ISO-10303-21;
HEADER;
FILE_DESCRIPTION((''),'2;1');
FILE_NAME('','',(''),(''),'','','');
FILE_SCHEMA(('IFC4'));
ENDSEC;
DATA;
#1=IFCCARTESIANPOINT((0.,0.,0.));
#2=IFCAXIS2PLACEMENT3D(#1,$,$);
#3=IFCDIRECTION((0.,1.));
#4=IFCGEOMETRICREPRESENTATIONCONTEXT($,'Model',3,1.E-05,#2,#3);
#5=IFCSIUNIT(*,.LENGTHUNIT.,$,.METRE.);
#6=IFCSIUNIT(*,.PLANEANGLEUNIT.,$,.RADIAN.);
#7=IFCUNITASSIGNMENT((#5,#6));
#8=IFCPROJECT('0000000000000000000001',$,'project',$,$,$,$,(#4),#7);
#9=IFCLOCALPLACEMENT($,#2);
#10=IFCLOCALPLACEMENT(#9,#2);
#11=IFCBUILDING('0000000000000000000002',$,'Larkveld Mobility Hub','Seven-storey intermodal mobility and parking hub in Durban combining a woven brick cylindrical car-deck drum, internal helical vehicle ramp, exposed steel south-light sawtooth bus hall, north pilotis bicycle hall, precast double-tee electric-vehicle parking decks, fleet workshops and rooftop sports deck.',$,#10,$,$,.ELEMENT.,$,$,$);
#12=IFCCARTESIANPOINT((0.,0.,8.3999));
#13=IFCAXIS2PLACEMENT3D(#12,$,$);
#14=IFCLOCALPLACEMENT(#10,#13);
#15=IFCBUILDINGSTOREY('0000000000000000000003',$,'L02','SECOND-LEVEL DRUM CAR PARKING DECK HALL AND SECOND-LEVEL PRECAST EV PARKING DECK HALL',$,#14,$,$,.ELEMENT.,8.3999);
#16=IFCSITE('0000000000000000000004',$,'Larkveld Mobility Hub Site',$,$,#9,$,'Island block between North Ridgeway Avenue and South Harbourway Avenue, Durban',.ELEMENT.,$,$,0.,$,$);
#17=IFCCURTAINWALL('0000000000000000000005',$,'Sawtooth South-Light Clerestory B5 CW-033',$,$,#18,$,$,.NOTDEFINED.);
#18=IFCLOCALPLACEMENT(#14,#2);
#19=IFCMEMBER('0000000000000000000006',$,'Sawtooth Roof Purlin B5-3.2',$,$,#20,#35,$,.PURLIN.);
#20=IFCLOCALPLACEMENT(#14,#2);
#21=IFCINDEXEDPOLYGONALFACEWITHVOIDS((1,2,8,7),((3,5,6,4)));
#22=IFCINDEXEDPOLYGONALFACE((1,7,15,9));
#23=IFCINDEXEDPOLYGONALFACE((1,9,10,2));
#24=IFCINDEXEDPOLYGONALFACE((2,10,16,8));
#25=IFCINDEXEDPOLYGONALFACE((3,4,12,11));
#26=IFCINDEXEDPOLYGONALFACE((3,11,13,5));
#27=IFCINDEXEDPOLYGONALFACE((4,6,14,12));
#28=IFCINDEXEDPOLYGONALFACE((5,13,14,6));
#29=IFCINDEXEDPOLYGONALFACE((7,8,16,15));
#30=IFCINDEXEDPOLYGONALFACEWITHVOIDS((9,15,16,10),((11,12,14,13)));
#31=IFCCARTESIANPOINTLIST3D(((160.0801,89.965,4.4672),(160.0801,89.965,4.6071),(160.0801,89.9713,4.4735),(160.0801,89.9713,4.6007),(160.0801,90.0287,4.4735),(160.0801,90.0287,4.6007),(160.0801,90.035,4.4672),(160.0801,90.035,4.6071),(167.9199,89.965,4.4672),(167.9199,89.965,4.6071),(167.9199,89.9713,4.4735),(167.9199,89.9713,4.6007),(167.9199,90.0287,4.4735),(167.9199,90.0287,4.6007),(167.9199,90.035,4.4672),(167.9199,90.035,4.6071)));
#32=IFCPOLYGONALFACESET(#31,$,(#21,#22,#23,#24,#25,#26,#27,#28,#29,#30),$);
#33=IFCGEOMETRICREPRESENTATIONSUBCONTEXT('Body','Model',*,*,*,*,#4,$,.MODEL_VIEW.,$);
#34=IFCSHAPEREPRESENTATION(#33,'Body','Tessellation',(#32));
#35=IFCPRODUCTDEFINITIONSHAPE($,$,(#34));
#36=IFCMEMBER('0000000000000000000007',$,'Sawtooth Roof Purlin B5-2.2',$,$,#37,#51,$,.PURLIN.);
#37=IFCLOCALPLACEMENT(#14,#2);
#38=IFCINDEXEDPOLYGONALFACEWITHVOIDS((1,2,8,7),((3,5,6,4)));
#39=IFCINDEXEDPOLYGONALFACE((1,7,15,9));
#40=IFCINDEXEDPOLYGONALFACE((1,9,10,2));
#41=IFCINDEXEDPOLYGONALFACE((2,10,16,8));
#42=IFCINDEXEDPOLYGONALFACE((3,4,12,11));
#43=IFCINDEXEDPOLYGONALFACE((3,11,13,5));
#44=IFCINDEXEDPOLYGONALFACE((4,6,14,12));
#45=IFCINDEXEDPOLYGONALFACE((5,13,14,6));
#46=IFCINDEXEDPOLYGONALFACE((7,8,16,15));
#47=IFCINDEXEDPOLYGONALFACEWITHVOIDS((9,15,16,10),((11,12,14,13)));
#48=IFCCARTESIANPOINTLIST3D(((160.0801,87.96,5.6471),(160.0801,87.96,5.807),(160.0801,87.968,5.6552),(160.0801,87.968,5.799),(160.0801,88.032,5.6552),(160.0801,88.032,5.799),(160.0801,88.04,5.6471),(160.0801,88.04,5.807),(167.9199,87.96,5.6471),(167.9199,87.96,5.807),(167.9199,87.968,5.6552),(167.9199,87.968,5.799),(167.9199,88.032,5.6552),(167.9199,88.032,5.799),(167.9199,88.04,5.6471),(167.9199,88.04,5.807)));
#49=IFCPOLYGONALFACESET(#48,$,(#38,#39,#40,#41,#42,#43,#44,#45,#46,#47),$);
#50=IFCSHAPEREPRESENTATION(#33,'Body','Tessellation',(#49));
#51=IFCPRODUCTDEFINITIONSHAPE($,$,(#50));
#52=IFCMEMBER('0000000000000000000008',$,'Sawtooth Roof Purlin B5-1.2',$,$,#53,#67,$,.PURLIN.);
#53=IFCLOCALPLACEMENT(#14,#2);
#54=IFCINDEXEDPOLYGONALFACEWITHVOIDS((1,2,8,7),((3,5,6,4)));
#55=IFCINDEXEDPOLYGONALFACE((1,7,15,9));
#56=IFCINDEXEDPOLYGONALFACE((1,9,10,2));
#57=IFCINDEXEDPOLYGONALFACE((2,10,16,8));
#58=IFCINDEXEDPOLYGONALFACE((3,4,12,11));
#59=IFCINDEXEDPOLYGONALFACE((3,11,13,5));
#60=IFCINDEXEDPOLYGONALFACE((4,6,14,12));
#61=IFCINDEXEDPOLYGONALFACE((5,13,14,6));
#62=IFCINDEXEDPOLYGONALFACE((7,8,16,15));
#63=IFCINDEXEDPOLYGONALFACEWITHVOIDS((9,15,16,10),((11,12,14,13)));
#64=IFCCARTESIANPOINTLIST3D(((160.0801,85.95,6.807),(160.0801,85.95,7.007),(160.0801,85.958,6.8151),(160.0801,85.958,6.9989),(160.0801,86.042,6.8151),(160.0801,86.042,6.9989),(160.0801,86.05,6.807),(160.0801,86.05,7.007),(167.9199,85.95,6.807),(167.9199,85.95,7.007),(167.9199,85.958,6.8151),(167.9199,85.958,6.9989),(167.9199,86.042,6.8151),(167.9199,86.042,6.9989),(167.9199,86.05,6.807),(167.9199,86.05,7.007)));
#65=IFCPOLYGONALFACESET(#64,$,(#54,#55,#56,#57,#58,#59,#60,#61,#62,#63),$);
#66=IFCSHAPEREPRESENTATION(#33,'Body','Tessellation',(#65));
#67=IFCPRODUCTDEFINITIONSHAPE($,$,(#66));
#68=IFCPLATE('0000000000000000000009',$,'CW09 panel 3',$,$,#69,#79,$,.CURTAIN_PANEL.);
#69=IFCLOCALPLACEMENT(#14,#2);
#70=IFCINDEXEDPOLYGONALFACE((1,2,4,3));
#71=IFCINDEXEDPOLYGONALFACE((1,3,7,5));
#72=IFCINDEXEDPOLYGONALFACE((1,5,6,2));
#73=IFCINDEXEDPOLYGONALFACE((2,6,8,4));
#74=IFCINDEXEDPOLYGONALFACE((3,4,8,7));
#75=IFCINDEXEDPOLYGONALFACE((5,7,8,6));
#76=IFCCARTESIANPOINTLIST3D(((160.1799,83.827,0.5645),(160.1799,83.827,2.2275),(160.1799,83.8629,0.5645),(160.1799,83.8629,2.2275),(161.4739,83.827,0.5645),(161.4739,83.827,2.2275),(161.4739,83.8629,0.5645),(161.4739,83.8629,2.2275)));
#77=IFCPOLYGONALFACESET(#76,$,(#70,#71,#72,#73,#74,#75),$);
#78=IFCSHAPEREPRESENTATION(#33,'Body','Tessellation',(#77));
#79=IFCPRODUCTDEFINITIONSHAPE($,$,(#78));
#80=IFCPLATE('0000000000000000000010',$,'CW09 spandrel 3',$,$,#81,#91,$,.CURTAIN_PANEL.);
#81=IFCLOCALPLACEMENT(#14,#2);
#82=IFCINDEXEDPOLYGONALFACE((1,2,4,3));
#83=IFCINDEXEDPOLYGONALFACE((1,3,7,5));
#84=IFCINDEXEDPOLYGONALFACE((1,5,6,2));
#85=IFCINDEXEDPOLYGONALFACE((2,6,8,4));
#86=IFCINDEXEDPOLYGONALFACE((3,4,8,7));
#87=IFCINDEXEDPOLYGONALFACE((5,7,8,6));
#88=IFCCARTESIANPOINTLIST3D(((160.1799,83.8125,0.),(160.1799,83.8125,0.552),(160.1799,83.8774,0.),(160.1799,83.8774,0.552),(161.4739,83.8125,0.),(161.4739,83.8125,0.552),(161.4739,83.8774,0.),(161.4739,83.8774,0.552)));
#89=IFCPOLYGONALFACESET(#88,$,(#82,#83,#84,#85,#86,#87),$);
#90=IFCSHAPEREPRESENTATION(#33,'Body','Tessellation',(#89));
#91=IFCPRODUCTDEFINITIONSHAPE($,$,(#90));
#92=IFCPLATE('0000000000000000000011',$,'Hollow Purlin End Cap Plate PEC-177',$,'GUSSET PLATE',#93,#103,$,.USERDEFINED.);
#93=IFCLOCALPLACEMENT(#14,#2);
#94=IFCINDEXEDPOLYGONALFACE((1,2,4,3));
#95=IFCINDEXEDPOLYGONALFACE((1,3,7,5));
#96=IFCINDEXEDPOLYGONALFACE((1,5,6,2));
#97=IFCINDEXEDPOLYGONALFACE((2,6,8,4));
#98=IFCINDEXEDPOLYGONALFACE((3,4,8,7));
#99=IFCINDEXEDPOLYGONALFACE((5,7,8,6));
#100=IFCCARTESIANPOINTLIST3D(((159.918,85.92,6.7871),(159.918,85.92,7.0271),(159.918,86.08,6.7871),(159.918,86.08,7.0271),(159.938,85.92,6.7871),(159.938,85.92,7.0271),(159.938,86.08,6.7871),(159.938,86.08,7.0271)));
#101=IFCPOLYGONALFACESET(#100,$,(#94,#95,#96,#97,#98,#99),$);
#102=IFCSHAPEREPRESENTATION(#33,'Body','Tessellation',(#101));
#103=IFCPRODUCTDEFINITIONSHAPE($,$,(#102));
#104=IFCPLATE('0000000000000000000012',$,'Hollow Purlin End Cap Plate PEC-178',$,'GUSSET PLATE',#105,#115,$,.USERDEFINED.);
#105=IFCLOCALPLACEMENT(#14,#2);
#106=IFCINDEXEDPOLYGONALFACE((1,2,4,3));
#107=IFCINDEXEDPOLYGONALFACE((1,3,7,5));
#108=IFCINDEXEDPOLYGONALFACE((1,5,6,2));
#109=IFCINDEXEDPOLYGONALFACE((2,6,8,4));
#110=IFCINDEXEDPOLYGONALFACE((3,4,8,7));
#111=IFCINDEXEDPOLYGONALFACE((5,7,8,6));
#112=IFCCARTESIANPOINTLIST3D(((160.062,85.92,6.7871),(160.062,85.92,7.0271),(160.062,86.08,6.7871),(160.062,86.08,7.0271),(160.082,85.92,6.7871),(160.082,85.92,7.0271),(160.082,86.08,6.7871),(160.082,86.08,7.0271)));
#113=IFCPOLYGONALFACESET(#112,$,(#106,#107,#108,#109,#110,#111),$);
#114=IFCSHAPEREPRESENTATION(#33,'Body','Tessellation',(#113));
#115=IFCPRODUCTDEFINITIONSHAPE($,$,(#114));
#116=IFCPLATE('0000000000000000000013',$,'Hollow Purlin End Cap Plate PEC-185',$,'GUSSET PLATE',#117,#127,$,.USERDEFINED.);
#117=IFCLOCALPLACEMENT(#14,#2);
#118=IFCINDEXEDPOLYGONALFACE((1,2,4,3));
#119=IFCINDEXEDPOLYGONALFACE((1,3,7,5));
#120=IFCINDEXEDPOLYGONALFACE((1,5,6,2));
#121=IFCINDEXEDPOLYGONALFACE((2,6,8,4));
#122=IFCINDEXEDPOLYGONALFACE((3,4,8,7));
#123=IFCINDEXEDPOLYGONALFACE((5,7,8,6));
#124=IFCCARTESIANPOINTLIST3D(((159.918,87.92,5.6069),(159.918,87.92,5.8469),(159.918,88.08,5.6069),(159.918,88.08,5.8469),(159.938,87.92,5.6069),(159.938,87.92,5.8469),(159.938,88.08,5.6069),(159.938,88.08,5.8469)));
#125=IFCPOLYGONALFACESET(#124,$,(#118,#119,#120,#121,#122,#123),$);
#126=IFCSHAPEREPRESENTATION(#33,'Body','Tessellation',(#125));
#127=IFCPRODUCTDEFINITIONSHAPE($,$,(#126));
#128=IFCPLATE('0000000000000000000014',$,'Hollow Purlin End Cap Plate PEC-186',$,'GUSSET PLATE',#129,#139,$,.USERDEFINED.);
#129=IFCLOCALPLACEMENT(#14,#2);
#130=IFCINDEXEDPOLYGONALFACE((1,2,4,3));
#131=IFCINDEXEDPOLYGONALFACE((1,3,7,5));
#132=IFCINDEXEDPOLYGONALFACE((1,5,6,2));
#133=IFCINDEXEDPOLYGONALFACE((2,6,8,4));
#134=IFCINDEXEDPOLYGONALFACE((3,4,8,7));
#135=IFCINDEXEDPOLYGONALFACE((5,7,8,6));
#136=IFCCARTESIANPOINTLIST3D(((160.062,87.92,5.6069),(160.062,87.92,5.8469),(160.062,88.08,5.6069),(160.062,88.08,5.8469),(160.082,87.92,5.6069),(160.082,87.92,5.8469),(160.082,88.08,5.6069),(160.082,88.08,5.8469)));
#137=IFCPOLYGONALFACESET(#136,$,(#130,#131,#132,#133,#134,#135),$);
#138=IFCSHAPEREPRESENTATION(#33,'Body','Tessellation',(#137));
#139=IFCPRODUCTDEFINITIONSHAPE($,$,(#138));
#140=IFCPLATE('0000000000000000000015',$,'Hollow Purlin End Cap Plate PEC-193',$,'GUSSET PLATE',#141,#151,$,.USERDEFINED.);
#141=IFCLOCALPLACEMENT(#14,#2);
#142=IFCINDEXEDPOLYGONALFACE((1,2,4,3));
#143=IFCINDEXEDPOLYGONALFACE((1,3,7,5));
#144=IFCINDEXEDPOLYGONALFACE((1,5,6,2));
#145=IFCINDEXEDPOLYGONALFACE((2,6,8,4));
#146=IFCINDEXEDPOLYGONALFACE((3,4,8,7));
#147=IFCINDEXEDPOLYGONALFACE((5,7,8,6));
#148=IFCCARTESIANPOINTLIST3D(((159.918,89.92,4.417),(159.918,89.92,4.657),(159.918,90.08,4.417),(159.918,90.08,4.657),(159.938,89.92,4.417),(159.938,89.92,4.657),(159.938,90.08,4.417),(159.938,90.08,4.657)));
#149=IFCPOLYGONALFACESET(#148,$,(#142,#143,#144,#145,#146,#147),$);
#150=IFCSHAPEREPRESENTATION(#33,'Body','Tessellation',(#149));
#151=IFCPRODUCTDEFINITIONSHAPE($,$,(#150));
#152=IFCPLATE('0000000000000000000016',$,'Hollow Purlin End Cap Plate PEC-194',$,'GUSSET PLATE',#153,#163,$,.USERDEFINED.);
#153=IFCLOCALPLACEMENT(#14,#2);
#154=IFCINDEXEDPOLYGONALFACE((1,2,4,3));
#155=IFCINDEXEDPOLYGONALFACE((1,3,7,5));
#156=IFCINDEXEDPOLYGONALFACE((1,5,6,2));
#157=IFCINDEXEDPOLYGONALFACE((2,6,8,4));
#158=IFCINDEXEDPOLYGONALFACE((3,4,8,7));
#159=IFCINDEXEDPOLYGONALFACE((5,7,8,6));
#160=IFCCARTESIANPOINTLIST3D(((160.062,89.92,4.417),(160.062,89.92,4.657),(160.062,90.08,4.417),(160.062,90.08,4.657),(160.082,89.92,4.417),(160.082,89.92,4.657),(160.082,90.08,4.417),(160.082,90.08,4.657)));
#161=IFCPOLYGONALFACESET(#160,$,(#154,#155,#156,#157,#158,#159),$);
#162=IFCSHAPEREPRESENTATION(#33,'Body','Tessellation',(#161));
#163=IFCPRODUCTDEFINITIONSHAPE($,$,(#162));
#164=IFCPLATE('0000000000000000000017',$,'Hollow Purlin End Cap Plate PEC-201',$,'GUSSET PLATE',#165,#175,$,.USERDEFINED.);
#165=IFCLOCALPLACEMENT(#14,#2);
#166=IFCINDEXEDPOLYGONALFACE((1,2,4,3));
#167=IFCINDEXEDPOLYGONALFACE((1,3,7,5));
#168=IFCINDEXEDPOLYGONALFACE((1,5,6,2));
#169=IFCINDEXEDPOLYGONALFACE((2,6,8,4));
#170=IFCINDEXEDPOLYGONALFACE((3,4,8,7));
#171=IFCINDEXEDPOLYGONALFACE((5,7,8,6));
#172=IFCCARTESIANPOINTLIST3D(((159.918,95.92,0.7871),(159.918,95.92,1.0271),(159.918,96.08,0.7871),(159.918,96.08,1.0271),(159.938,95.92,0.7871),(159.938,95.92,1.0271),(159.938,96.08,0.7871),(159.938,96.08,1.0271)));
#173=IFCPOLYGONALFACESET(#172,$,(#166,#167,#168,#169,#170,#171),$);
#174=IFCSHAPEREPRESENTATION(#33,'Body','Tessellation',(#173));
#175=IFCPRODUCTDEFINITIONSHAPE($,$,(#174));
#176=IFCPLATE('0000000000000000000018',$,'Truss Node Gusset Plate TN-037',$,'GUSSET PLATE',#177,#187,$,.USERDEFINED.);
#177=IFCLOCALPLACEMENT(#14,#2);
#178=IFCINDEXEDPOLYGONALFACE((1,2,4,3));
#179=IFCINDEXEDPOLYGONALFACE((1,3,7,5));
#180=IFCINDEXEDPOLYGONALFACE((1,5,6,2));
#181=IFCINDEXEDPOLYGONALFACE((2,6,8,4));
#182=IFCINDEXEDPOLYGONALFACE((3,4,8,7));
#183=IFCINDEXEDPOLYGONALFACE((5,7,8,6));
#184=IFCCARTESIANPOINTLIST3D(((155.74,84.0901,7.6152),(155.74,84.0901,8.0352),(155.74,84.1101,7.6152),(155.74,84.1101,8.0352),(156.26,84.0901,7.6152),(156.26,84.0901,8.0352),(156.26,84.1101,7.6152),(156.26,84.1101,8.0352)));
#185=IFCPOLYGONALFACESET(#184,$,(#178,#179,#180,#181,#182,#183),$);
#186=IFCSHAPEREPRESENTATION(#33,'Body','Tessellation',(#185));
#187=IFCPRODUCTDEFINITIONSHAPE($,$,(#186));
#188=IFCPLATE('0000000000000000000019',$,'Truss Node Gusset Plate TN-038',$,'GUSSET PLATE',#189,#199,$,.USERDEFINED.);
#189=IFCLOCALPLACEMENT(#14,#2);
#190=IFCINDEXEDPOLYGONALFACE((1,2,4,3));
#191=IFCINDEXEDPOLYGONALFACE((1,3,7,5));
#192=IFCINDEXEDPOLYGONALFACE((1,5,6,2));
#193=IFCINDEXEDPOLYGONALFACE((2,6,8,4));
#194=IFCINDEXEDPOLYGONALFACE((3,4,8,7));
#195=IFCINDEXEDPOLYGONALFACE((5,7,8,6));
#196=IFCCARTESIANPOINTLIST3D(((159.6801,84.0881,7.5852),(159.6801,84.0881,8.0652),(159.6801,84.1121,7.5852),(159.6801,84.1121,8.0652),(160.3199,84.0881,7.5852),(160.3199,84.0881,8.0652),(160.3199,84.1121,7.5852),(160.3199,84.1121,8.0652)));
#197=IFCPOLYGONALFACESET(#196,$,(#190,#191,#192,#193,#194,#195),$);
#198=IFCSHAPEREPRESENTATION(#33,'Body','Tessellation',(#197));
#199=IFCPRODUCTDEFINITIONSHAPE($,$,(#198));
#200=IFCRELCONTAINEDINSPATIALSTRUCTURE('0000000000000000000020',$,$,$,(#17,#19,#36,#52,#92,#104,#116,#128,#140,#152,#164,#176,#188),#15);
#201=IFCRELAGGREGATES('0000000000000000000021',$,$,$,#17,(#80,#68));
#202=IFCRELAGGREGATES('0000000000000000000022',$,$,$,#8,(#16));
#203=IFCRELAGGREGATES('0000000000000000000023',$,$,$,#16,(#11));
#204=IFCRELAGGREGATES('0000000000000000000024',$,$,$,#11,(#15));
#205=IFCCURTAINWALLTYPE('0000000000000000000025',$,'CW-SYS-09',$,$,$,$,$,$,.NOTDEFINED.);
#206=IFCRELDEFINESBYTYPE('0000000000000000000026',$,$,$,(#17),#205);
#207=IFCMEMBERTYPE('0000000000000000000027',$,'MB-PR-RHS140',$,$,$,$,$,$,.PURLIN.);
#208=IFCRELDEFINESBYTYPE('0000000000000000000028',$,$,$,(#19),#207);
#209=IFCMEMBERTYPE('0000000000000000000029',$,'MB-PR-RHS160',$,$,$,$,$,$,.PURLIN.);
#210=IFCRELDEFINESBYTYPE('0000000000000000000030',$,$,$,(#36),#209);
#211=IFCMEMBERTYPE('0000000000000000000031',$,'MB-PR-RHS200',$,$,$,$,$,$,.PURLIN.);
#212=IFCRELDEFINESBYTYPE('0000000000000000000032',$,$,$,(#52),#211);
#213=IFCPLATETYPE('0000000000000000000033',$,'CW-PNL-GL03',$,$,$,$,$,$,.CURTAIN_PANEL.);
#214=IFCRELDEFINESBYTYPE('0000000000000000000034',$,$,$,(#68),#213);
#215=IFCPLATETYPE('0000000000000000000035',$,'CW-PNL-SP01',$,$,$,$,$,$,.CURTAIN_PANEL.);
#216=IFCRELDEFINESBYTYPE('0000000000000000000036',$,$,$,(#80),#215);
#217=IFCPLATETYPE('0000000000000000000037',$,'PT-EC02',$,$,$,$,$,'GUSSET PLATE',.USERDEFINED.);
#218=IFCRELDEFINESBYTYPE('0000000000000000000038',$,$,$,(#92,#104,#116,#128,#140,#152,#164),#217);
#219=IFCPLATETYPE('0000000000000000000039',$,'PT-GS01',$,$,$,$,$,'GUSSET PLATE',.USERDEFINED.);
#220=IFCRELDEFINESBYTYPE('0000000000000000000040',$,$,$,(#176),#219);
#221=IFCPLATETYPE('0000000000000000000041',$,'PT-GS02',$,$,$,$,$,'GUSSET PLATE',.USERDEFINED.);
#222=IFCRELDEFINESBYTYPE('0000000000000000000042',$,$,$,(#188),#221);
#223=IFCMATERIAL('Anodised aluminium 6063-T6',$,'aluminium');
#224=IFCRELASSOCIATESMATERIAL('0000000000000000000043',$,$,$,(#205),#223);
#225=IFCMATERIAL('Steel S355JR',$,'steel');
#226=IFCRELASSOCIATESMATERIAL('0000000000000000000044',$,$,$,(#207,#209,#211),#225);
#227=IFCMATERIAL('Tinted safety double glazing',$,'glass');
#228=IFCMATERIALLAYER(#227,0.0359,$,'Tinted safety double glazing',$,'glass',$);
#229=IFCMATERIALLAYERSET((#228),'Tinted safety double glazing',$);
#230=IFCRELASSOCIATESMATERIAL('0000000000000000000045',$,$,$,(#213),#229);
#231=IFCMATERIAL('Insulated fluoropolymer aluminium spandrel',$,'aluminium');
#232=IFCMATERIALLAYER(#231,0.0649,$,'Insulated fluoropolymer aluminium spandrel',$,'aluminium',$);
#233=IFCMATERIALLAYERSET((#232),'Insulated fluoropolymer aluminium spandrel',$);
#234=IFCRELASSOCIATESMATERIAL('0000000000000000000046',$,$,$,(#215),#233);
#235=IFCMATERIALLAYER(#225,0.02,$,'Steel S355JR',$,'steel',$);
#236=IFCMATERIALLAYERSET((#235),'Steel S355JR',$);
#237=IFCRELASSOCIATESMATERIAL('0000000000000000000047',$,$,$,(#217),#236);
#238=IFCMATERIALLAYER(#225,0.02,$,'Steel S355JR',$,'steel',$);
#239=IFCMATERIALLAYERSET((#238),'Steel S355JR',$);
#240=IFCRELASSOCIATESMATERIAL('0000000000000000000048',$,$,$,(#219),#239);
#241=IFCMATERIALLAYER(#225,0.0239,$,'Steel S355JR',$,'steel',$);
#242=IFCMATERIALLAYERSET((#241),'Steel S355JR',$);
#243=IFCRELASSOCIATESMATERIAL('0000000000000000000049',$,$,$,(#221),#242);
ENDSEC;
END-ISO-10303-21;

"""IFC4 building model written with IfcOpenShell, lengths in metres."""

from ifc_helpers import new_model, si_unit, direction, frame, origin, origin_2d, place, context, subcontext, project, spatial, rectangle, hollow_rectangle, extrude, material, layer, layer_set, material_profile, profile_set, type_object, element, aggregate, save


model = new_model("IFC4")

# Units and contexts
model_context = context("Model", 3, precision=1e-05, world=origin(), true_north=direction((0.0, 1.0)))
body_context = subcontext(model_context, "Body", "Model", "MODEL_VIEW")
ifc_project = project(units=[si_unit("LENGTHUNIT", "METRE"), si_unit("PLANEANGLEUNIT", "RADIAN")], contexts=[model_context])

# Site, building, storey
site_placement = place(None, origin())
site = spatial("IfcSite", under=ifc_project, at=site_placement, Name="Larkveld Mobility Hub Site", LongName="Island block between North Ridgeway Avenue and South Harbourway Avenue, Durban", CompositionType="ELEMENT", RefElevation=0.0)
building_placement = place(site_placement, origin())
building = spatial("IfcBuilding", under=site, at=building_placement, Name="Larkveld Mobility Hub", Description="Seven-storey intermodal mobility and parking hub in Durban combining a woven brick cylindrical car-deck drum, internal helical vehicle ramp, exposed steel south-light sawtooth bus hall, north pilotis bicycle hall, precast double-tee electric-vehicle parking decks, fleet workshops and rooftop sports deck.", CompositionType="ELEMENT")
storey_placement = place(building_placement, frame((0.0, 0.0, 8.3999)))
storey = spatial("IfcBuildingStorey", under=building, at=storey_placement, Name="L02", Description="SECOND-LEVEL DRUM CAR PARKING DECK HALL AND SECOND-LEVEL PRECAST EV PARKING DECK HALL", CompositionType="ELEMENT", Elevation=8.3999)

# Curtain wall
ifc_material_1 = material(Name="Anodised aluminium 6063-T6", Category="aluminium")
curtain_wall_type = type_object("IfcCurtainWallType", Name="CW-SYS-09", PredefinedType="NOTDEFINED", material=ifc_material_1)
curtain_wall_placement = place(storey_placement, origin())
curtain_wall = element("IfcCurtainWall", 1, at=curtain_wall_placement, inside=storey, type_object=curtain_wall_type, Name="Sawtooth South-Light Clerestory B5 CW-033", PredefinedType="NOTDEFINED")

# Members
ifc_material_2 = material(Name="Steel S355JR", Category="steel")
ifc_material_profile_1 = material_profile(ifc_material_2, hollow_rectangle(XDim=0.0701, YDim=0.1399, WallThickness=0.0063, at=origin_2d()), Name="RHS 140x70x6.3")
ifc_profile_set_1 = profile_set([ifc_material_profile_1], Name="Steel S355JR")
member_type_1 = type_object("IfcMemberType", Name="MB-PR-RHS140", PredefinedType="PURLIN", material=ifc_profile_set_1)
member_1_placement = place(storey_placement, frame((160.0801, 90.0, 4.5371), z_axis=(1.0, 0.0, 0.0), x_axis=(0.0, 1.0, 0.0)))
element("IfcMember", 2, at=member_1_placement, inside=storey, type_object=member_type_1, Name="Sawtooth Roof Purlin B5-3.2", PredefinedType="PURLIN", context=body_context, shape_type="SweptSolid", body=[
    extrude(hollow_rectangle(XDim=0.0701, YDim=0.1399, WallThickness=0.0063, at=origin_2d()), origin(), (0.0, 0.0, 1.0), 7.8398),
])
ifc_material_profile_2 = material_profile(ifc_material_2, hollow_rectangle(XDim=0.0801, YDim=0.1599, WallThickness=0.0081, at=origin_2d()), Name="RHS 160x80x8")
ifc_profile_set_2 = profile_set([ifc_material_profile_2], Name="Steel S355JR")
member_type_2 = type_object("IfcMemberType", Name="MB-PR-RHS160", PredefinedType="PURLIN", material=ifc_profile_set_2)
member_2_placement = place(storey_placement, frame((160.0801, 88.0, 5.7271), z_axis=(1.0, 0.0, 0.0), x_axis=(0.0, 1.0, 0.0)))
element("IfcMember", 3, at=member_2_placement, inside=storey, type_object=member_type_2, Name="Sawtooth Roof Purlin B5-2.2", PredefinedType="PURLIN", context=body_context, shape_type="SweptSolid", body=[
    extrude(hollow_rectangle(XDim=0.0801, YDim=0.1599, WallThickness=0.0081, at=origin_2d()), origin(), (0.0, 0.0, 1.0), 7.8398),
])
ifc_material_profile_3 = material_profile(ifc_material_2, hollow_rectangle(XDim=0.1001, YDim=0.2, WallThickness=0.0081, at=origin_2d()), Name="RHS 200x100x8")
ifc_profile_set_3 = profile_set([ifc_material_profile_3], Name="Steel S355JR")
member_type_3 = type_object("IfcMemberType", Name="MB-PR-RHS200", PredefinedType="PURLIN", material=ifc_profile_set_3)
member_3_placement = place(storey_placement, frame((160.0801, 86.0, 6.907), z_axis=(1.0, 0.0, 0.0), x_axis=(0.0, 1.0, 0.0)))
element("IfcMember", 4, at=member_3_placement, inside=storey, type_object=member_type_3, Name="Sawtooth Roof Purlin B5-1.2", PredefinedType="PURLIN", context=body_context, shape_type="SweptSolid", body=[
    extrude(hollow_rectangle(XDim=0.1001, YDim=0.2, WallThickness=0.0081, at=origin_2d()), origin(), (0.0, 0.0, 1.0), 7.8398),
])

# Plates
ifc_material_3 = material(Name="Tinted safety double glazing", Category="glass")
ifc_layer_1 = layer(ifc_material_3, 0.0359, Name="Tinted safety double glazing", Category="glass")
ifc_layer_set_1 = layer_set([ifc_layer_1], Name="Tinted safety double glazing")
plate_type_1 = type_object("IfcPlateType", Name="CW-PNL-GL03", PredefinedType="CURTAIN_PANEL", material=ifc_layer_set_1)
plate_1_placement = place(storey_placement, frame((160.8269, 83.845, 0.5645), z_axis=(0.0, 0.0, 1.0), x_axis=(1.0, 0.0, 0.0)))
plate_1 = element("IfcPlate", 5, at=plate_1_placement, type_object=plate_type_1, Name="CW09 panel 3", PredefinedType="CURTAIN_PANEL", context=body_context, shape_type="SweptSolid", body=[
    extrude(rectangle(XDim=1.2939, YDim=0.0359, at=origin_2d()), origin(), (0.0, 0.0, 1.0), 1.6631),
])
ifc_material_4 = material(Name="Insulated fluoropolymer aluminium spandrel", Category="aluminium")
ifc_layer_2 = layer(ifc_material_4, 0.0649, Name="Insulated fluoropolymer aluminium spandrel", Category="aluminium")
ifc_layer_set_2 = layer_set([ifc_layer_2], Name="Insulated fluoropolymer aluminium spandrel")
plate_type_2 = type_object("IfcPlateType", Name="CW-PNL-SP01", PredefinedType="CURTAIN_PANEL", material=ifc_layer_set_2)
plate_2_placement = place(storey_placement, frame((160.8269, 83.845, 0.0), z_axis=(0.0, 0.0, 1.0), x_axis=(1.0, 0.0, 0.0)))
plate_2 = element("IfcPlate", 6, at=plate_2_placement, type_object=plate_type_2, Name="CW09 spandrel 3", PredefinedType="CURTAIN_PANEL", context=body_context, shape_type="SweptSolid", body=[
    extrude(rectangle(XDim=1.2939, YDim=0.0649, at=origin_2d()), origin(), (0.0, 0.0, 1.0), 0.552),
])
aggregate(curtain_wall, [plate_2, plate_1])

# Plates
ifc_layer_3 = layer(ifc_material_2, 0.02, Name="Steel S355JR", Category="steel")
ifc_layer_set_3 = layer_set([ifc_layer_3], Name="Steel S355JR")
plate_type_3 = type_object("IfcPlateType", Name="PT-EC02", ElementType="GUSSET PLATE", PredefinedType="USERDEFINED", material=ifc_layer_set_3)
for number, where, z_axis, x_axis, name in (
    (7, (159.928, 86.0, 6.7871), (0.0, 0.0, 1.0), (1.0, 0.0, 0.0), "Hollow Purlin End Cap Plate PEC-177"),
    (8, (160.072, 86.0, 6.7871), (0.0, 0.0, 1.0), (1.0, 0.0, 0.0), "Hollow Purlin End Cap Plate PEC-178"),
    (9, (159.928, 88.0, 5.6069), (0.0, 0.0, 1.0), (1.0, 0.0, 0.0), "Hollow Purlin End Cap Plate PEC-185"),
    (10, (160.072, 88.0, 5.6069), (0.0, 0.0, 1.0), (1.0, 0.0, 0.0), "Hollow Purlin End Cap Plate PEC-186"),
    (11, (159.928, 90.0, 4.417), (0.0, 0.0, 1.0), (1.0, 0.0, 0.0), "Hollow Purlin End Cap Plate PEC-193"),
    (12, (160.072, 90.0, 4.417), (0.0, 0.0, 1.0), (1.0, 0.0, 0.0), "Hollow Purlin End Cap Plate PEC-194"),
    (13, (159.928, 96.0, 0.7871), (0.0, 0.0, 1.0), (1.0, 0.0, 0.0), "Hollow Purlin End Cap Plate PEC-201"),
):
    element("IfcPlate", number, at=place(storey_placement, frame(where, z_axis=z_axis, x_axis=x_axis)), inside=storey, type_object=plate_type_3, Name=name, ObjectType="GUSSET PLATE", PredefinedType="USERDEFINED", context=body_context, shape_type="SweptSolid", body=[
        extrude(rectangle(XDim=0.02, YDim=0.1599, at=origin_2d()), origin(), (0.0, 0.0, 1.0), 0.24),
    ])
ifc_layer_4 = layer(ifc_material_2, 0.02, Name="Steel S355JR", Category="steel")
ifc_layer_set_4 = layer_set([ifc_layer_4], Name="Steel S355JR")
plate_type_4 = type_object("IfcPlateType", Name="PT-GS01", ElementType="GUSSET PLATE", PredefinedType="USERDEFINED", material=ifc_layer_set_4)
plate_3_placement = place(storey_placement, frame((156.0, 84.1001, 7.6152), z_axis=(0.0, 0.0, 1.0), x_axis=(1.0, 0.0, 0.0)))
element("IfcPlate", 14, at=plate_3_placement, inside=storey, type_object=plate_type_4, Name="Truss Node Gusset Plate TN-037", ObjectType="GUSSET PLATE", PredefinedType="USERDEFINED", context=body_context, shape_type="SweptSolid", body=[
    extrude(rectangle(XDim=0.52, YDim=0.02, at=origin_2d()), origin(), (0.0, 0.0, 1.0), 0.4199),
])
ifc_layer_5 = layer(ifc_material_2, 0.0239, Name="Steel S355JR", Category="steel")
ifc_layer_set_5 = layer_set([ifc_layer_5], Name="Steel S355JR")
plate_type_5 = type_object("IfcPlateType", Name="PT-GS02", ElementType="GUSSET PLATE", PredefinedType="USERDEFINED", material=ifc_layer_set_5)
plate_4_placement = place(storey_placement, frame((160.0, 84.1001, 7.5852), z_axis=(0.0, 0.0, 1.0), x_axis=(1.0, 0.0, 0.0)))
element("IfcPlate", 15, at=plate_4_placement, inside=storey, type_object=plate_type_5, Name="Truss Node Gusset Plate TN-038", ObjectType="GUSSET PLATE", PredefinedType="USERDEFINED", context=body_context, shape_type="SweptSolid", body=[
    extrude(rectangle(XDim=0.6399, YDim=0.0239, at=origin_2d()), origin(), (0.0, 0.0, 1.0), 0.48),
])

save(model, "model.ifc")
